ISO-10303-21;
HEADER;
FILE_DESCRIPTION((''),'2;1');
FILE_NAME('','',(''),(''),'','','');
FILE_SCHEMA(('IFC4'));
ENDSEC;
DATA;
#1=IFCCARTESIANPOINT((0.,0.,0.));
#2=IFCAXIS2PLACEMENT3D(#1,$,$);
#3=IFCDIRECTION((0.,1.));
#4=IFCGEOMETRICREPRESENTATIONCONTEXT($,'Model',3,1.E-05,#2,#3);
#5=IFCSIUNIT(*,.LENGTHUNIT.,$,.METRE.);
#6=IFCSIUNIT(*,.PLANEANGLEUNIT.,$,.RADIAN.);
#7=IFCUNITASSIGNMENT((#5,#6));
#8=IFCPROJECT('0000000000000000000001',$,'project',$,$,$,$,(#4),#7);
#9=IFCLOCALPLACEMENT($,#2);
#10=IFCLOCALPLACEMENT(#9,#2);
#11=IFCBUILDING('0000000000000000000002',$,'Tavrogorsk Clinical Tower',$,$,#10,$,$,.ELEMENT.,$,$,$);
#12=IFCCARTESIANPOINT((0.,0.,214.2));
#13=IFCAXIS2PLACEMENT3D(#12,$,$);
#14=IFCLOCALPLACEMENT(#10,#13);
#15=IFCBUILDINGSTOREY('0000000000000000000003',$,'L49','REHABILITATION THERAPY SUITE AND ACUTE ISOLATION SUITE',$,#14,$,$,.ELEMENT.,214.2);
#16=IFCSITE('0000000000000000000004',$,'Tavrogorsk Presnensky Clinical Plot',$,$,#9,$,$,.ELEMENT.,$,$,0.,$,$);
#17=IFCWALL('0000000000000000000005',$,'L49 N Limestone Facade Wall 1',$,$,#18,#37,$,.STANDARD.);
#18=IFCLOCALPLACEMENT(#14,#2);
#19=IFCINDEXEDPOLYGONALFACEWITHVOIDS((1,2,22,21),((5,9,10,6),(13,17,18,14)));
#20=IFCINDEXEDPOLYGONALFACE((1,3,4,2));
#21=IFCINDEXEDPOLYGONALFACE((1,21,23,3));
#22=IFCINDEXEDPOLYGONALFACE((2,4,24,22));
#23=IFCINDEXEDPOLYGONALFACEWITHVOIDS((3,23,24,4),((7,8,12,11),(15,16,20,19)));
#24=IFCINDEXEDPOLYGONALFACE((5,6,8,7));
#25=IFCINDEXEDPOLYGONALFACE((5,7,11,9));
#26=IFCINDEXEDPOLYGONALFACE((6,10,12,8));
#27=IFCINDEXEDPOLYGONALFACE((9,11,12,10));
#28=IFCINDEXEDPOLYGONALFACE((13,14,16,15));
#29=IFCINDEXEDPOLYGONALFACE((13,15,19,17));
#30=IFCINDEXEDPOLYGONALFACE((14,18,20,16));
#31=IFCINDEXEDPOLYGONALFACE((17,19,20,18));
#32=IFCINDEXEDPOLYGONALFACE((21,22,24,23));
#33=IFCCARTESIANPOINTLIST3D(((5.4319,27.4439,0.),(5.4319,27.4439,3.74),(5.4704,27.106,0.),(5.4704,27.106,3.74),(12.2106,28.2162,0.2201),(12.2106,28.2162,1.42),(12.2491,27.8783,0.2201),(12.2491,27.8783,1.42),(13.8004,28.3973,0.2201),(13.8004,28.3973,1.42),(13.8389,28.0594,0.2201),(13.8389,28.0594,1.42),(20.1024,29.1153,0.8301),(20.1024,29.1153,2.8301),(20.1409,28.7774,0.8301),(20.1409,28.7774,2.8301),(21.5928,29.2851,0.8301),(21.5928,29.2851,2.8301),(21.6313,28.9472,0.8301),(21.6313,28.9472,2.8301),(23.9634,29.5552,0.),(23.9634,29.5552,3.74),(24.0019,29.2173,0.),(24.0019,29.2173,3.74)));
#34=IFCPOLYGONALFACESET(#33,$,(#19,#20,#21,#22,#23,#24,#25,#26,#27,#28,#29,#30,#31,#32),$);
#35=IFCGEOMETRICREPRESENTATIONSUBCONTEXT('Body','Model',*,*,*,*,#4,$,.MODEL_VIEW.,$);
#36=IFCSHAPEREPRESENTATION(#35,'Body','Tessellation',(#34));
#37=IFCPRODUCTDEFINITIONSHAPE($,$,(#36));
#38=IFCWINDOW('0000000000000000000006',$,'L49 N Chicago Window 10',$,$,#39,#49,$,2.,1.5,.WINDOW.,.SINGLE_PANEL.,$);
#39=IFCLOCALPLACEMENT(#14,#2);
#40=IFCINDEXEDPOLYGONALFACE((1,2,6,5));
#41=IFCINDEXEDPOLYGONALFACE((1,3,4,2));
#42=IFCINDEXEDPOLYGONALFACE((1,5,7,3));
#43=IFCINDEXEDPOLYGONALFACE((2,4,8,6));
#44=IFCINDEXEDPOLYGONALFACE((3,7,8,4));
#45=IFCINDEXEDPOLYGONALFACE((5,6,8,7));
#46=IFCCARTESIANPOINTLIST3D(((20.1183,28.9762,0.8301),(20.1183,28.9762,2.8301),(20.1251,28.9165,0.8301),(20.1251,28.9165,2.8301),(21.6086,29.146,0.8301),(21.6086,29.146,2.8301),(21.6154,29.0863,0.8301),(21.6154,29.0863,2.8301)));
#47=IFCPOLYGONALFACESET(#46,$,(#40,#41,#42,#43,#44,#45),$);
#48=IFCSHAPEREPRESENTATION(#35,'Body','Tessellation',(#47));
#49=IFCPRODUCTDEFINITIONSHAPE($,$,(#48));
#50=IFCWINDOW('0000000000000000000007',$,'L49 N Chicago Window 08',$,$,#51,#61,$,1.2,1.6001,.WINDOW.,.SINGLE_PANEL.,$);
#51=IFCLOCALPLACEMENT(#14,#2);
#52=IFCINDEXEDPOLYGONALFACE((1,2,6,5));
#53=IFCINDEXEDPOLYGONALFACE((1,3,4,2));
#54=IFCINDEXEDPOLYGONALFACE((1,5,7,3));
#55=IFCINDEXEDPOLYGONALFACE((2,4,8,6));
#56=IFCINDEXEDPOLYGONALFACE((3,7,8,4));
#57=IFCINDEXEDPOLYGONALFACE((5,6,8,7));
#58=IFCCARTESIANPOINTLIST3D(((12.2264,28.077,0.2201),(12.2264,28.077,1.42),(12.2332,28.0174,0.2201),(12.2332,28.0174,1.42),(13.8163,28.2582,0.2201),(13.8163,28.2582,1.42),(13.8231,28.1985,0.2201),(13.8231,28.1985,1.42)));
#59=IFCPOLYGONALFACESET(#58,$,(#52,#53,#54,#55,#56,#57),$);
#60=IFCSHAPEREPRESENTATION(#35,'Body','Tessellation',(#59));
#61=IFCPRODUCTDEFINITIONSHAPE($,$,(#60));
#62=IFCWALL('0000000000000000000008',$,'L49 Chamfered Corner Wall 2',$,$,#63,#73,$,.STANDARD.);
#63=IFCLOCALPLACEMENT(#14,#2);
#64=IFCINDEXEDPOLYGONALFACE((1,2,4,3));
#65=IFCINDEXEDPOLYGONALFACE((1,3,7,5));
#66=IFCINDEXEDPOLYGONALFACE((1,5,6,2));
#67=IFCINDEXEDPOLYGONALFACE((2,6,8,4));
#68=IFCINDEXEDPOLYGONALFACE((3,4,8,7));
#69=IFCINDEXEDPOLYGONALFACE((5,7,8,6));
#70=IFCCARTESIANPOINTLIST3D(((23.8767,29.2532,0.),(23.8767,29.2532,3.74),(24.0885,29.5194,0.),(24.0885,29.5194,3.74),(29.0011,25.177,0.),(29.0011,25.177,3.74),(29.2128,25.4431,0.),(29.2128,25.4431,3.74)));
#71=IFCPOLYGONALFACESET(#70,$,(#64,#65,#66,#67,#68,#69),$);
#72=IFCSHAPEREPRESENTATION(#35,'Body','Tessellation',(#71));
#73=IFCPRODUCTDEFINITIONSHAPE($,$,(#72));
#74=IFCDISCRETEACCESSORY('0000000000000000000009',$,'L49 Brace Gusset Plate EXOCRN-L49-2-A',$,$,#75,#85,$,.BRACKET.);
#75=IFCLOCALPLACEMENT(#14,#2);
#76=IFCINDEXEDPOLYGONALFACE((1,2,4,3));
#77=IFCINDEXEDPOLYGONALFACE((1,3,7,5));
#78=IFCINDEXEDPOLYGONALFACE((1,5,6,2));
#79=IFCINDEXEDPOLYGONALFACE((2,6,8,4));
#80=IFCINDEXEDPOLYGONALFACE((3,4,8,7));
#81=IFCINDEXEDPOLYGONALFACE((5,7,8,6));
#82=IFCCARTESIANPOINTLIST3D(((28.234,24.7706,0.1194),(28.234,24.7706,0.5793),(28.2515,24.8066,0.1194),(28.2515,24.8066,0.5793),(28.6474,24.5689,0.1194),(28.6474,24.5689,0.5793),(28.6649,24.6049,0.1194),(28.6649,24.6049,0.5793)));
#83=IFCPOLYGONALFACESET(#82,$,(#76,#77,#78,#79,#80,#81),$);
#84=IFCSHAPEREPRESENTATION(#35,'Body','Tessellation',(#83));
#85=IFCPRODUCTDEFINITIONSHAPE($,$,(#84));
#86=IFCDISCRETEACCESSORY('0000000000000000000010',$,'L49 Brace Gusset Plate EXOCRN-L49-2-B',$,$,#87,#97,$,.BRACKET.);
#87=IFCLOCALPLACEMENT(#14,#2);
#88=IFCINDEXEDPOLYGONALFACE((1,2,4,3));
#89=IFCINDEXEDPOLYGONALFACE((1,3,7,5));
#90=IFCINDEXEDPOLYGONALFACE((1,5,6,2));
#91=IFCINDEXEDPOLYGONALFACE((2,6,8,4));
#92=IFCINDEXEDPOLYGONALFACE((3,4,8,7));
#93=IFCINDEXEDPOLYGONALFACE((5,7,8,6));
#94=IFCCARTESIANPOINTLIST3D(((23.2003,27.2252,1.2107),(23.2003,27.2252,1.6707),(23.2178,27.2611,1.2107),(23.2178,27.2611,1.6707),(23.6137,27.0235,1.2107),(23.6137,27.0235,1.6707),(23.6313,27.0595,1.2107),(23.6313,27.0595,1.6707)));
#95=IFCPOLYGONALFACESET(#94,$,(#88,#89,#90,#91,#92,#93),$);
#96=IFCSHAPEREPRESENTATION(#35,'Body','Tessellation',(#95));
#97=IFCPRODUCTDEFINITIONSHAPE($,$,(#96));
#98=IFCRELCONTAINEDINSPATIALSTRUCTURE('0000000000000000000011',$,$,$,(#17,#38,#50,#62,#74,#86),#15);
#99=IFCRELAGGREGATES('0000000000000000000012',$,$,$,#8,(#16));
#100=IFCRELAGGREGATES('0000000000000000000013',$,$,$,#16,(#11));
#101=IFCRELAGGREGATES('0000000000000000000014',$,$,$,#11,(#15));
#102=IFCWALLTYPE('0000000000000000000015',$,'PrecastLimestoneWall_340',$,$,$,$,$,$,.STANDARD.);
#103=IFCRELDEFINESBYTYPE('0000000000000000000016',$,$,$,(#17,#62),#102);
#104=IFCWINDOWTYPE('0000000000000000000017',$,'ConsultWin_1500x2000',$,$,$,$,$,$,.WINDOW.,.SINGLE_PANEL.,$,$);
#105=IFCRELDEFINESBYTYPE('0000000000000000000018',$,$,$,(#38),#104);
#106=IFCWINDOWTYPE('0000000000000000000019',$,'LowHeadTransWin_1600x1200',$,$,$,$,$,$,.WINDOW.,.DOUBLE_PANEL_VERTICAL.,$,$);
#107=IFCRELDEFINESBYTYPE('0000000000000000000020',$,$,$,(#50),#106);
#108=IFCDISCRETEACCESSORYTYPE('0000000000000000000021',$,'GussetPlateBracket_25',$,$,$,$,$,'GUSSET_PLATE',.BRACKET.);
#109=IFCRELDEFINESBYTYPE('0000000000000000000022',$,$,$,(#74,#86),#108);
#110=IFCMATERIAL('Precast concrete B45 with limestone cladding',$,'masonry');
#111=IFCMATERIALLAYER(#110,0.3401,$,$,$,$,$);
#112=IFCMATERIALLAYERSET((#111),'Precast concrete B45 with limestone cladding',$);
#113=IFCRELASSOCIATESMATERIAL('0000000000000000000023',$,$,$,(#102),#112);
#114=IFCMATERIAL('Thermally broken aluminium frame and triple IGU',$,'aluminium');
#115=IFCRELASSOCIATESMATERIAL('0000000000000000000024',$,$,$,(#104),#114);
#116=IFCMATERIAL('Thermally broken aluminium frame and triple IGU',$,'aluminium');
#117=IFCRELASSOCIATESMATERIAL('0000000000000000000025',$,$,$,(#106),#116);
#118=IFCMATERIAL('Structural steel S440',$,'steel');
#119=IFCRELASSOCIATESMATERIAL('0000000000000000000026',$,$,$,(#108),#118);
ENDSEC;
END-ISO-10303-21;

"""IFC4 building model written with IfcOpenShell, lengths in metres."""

from ifc_helpers import new_model, si_unit, direction, frame, frame_2d, origin, origin_2d, place, context, subcontext, project, spatial, rectangle, extrude, material, layer, layer_set, type_object, element, fill, save


model = new_model("IFC4")

# Units and contexts
model_context = context("Model", 3, precision=1e-05, world=origin(), true_north=direction((0.0, 1.0)))
body_context = subcontext(model_context, "Body", "Model", "MODEL_VIEW")
ifc_project = project(units=[si_unit("LENGTHUNIT", "METRE"), si_unit("PLANEANGLEUNIT", "RADIAN")], contexts=[model_context])

# Site, building, storey
site_placement = place(None, origin())
site = spatial("IfcSite", under=ifc_project, at=site_placement, Name="Tavrogorsk Presnensky Clinical Plot", CompositionType="ELEMENT", RefElevation=0.0)
building_placement = place(site_placement, origin())
building = spatial("IfcBuilding", under=site, at=building_placement, Name="Tavrogorsk Clinical Tower", CompositionType="ELEMENT")
storey_placement = place(building_placement, frame((0.0, 0.0, 214.2)))
storey = spatial("IfcBuildingStorey", under=building, at=storey_placement, Name="L49", Description="REHABILITATION THERAPY SUITE AND ACUTE ISOLATION SUITE", CompositionType="ELEMENT", Elevation=214.2)

# Wall, openings, windows
ifc_material_1 = material(Name="Precast concrete B45 with limestone cladding", Category="masonry")
ifc_layer_1 = layer(ifc_material_1, 0.3401)
ifc_layer_set_1 = layer_set([ifc_layer_1], Name="Precast concrete B45 with limestone cladding")
wall_type_1 = type_object("IfcWallType", Name="PrecastLimestoneWall_340", PredefinedType="STANDARD", material=ifc_layer_set_1)
wall_1_placement = place(storey_placement, frame((23.9827, 29.3862, 0.0), z_axis=(0.0, 0.0, 1.0), x_axis=(-0.993572, -0.1132, 0.0)))
wall_1 = element("IfcWall", 1, at=wall_1_placement, inside=storey, type_object=wall_type_1, Name="L49 N Limestone Facade Wall 1", PredefinedType="STANDARD", context=body_context, shape_type="SweptSolid", body=[
    extrude(rectangle(XDim=18.6514, YDim=0.3401, at=frame_2d((9.3257, 0.0))), origin(), (0.0, 0.0, 1.0), 3.74),
])
opening_1_placement = place(wall_1_placement, frame((10.2288, 0.0, 0.22)))
opening_1 = element("IfcOpeningElement", 2, at=opening_1_placement, cuts=wall_1, PredefinedType="OPENING", context=body_context, shape_type="SweptSolid", body=[
    extrude(rectangle(XDim=1.6001, YDim=1.2, at=frame_2d((0.8, 0.6001))), frame((0.0, 0.1799, 0.0), z_axis=(0.0, -1.0, 0.0), x_axis=(1.0, 0.0, 0.0)), (0.0, 0.0, 1.0), 0.3601),
])
opening_2_placement = place(wall_1_placement, frame((2.386, 0.0, 0.8301)))
opening_2 = element("IfcOpeningElement", 3, at=opening_2_placement, cuts=wall_1, PredefinedType="OPENING", context=body_context, shape_type="SweptSolid", body=[
    extrude(rectangle(XDim=1.5, YDim=2.0, at=frame_2d((0.75, 1.0))), frame((0.0, 0.1799, 0.0), z_axis=(0.0, -1.0, 0.0), x_axis=(1.0, 0.0, 0.0)), (0.0, 0.0, 1.0), 0.3601),
])
ifc_material_2 = material(Name="Thermally broken aluminium frame and triple IGU", Category="aluminium")
window_type_1 = type_object("IfcWindowType", Name="ConsultWin_1500x2000", PartitioningType="SINGLE_PANEL", PredefinedType="WINDOW", material=ifc_material_2)
window_1_placement = place(opening_2_placement, origin())
window_1 = element("IfcWindow", 4, at=window_1_placement, inside=storey, type_object=window_type_1, Name="L49 N Chicago Window 10", OverallHeight=2.0, OverallWidth=1.5, PartitioningType="SINGLE_PANEL", PredefinedType="WINDOW", context=body_context, shape_type="SweptSolid", body=[
    extrude(rectangle(XDim=1.5, YDim=2.0, at=frame_2d((0.75, 1.0))), frame((0.0, 0.03, 0.0), z_axis=(0.0, -1.0, 0.0), x_axis=(1.0, 0.0, 0.0)), (0.0, 0.0, 1.0), 0.0601),
])
fill(opening_2, window_1)
ifc_material_3 = material(Name="Thermally broken aluminium frame and triple IGU", Category="aluminium")
window_type_2 = type_object("IfcWindowType", Name="LowHeadTransWin_1600x1200", PartitioningType="DOUBLE_PANEL_VERTICAL", PredefinedType="WINDOW", material=ifc_material_3)
window_2_placement = place(opening_1_placement, origin())
window_2 = element("IfcWindow", 5, at=window_2_placement, inside=storey, type_object=window_type_2, Name="L49 N Chicago Window 08", OverallHeight=1.2, OverallWidth=1.6001, PartitioningType="SINGLE_PANEL", PredefinedType="WINDOW", context=body_context, shape_type="SweptSolid", body=[
    extrude(rectangle(XDim=1.6001, YDim=1.2, at=frame_2d((0.8, 0.6001))), frame((0.0, 0.03, 0.0), z_axis=(0.0, -1.0, 0.0), x_axis=(1.0, 0.0, 0.0)), (0.0, 0.0, 1.0), 0.0601),
])
fill(opening_1, window_2)

# Wall
wall_2_placement = place(storey_placement, frame((29.1069, 25.3101, 0.0), z_axis=(0.0, 0.0, 1.0), x_axis=(-0.782597, 0.622528, 0.0)))
element("IfcWall", 6, at=wall_2_placement, inside=storey, type_object=wall_type_1, Name="L49 Chamfered Corner Wall 2", PredefinedType="STANDARD", context=body_context, shape_type="SweptSolid", body=[
    extrude(rectangle(XDim=6.5479, YDim=0.3401, at=frame_2d((3.2739, 0.0))), origin(), (0.0, 0.0, 1.0), 3.74),
])

# Discrete accessories
ifc_material_4 = material(Name="Structural steel S440", Category="steel")
discrete_accessory_type = type_object("IfcDiscreteAccessoryType", Name="GussetPlateBracket_25", ElementType="GUSSET_PLATE", PredefinedType="BRACKET", material=ifc_material_4)
for number, where, z_axis, x_axis, name in (
    (7, (28.4495, 24.6877, 0.1194), (0.0, 0.0, 1.0), (-0.898794, 0.438371, 0.0), "L49 Brace Gusset Plate EXOCRN-L49-2-A"),
    (8, (23.4158, 27.1423, 1.2107), (0.0, 0.0, 1.0), (-0.898794, 0.438371, 0.0), "L49 Brace Gusset Plate EXOCRN-L49-2-B"),
):
    element("IfcDiscreteAccessory", number, at=place(storey_placement, frame(where, z_axis=z_axis, x_axis=x_axis)), inside=storey, type_object=discrete_accessory_type, Name=name, PredefinedType="BRACKET", context=body_context, shape_type="SweptSolid", body=[
        extrude(rectangle(XDim=0.46, YDim=0.04, at=origin_2d()), origin(), (0.0, 0.0, 1.0), 0.46),
    ])

save(model, "model.ifc")
